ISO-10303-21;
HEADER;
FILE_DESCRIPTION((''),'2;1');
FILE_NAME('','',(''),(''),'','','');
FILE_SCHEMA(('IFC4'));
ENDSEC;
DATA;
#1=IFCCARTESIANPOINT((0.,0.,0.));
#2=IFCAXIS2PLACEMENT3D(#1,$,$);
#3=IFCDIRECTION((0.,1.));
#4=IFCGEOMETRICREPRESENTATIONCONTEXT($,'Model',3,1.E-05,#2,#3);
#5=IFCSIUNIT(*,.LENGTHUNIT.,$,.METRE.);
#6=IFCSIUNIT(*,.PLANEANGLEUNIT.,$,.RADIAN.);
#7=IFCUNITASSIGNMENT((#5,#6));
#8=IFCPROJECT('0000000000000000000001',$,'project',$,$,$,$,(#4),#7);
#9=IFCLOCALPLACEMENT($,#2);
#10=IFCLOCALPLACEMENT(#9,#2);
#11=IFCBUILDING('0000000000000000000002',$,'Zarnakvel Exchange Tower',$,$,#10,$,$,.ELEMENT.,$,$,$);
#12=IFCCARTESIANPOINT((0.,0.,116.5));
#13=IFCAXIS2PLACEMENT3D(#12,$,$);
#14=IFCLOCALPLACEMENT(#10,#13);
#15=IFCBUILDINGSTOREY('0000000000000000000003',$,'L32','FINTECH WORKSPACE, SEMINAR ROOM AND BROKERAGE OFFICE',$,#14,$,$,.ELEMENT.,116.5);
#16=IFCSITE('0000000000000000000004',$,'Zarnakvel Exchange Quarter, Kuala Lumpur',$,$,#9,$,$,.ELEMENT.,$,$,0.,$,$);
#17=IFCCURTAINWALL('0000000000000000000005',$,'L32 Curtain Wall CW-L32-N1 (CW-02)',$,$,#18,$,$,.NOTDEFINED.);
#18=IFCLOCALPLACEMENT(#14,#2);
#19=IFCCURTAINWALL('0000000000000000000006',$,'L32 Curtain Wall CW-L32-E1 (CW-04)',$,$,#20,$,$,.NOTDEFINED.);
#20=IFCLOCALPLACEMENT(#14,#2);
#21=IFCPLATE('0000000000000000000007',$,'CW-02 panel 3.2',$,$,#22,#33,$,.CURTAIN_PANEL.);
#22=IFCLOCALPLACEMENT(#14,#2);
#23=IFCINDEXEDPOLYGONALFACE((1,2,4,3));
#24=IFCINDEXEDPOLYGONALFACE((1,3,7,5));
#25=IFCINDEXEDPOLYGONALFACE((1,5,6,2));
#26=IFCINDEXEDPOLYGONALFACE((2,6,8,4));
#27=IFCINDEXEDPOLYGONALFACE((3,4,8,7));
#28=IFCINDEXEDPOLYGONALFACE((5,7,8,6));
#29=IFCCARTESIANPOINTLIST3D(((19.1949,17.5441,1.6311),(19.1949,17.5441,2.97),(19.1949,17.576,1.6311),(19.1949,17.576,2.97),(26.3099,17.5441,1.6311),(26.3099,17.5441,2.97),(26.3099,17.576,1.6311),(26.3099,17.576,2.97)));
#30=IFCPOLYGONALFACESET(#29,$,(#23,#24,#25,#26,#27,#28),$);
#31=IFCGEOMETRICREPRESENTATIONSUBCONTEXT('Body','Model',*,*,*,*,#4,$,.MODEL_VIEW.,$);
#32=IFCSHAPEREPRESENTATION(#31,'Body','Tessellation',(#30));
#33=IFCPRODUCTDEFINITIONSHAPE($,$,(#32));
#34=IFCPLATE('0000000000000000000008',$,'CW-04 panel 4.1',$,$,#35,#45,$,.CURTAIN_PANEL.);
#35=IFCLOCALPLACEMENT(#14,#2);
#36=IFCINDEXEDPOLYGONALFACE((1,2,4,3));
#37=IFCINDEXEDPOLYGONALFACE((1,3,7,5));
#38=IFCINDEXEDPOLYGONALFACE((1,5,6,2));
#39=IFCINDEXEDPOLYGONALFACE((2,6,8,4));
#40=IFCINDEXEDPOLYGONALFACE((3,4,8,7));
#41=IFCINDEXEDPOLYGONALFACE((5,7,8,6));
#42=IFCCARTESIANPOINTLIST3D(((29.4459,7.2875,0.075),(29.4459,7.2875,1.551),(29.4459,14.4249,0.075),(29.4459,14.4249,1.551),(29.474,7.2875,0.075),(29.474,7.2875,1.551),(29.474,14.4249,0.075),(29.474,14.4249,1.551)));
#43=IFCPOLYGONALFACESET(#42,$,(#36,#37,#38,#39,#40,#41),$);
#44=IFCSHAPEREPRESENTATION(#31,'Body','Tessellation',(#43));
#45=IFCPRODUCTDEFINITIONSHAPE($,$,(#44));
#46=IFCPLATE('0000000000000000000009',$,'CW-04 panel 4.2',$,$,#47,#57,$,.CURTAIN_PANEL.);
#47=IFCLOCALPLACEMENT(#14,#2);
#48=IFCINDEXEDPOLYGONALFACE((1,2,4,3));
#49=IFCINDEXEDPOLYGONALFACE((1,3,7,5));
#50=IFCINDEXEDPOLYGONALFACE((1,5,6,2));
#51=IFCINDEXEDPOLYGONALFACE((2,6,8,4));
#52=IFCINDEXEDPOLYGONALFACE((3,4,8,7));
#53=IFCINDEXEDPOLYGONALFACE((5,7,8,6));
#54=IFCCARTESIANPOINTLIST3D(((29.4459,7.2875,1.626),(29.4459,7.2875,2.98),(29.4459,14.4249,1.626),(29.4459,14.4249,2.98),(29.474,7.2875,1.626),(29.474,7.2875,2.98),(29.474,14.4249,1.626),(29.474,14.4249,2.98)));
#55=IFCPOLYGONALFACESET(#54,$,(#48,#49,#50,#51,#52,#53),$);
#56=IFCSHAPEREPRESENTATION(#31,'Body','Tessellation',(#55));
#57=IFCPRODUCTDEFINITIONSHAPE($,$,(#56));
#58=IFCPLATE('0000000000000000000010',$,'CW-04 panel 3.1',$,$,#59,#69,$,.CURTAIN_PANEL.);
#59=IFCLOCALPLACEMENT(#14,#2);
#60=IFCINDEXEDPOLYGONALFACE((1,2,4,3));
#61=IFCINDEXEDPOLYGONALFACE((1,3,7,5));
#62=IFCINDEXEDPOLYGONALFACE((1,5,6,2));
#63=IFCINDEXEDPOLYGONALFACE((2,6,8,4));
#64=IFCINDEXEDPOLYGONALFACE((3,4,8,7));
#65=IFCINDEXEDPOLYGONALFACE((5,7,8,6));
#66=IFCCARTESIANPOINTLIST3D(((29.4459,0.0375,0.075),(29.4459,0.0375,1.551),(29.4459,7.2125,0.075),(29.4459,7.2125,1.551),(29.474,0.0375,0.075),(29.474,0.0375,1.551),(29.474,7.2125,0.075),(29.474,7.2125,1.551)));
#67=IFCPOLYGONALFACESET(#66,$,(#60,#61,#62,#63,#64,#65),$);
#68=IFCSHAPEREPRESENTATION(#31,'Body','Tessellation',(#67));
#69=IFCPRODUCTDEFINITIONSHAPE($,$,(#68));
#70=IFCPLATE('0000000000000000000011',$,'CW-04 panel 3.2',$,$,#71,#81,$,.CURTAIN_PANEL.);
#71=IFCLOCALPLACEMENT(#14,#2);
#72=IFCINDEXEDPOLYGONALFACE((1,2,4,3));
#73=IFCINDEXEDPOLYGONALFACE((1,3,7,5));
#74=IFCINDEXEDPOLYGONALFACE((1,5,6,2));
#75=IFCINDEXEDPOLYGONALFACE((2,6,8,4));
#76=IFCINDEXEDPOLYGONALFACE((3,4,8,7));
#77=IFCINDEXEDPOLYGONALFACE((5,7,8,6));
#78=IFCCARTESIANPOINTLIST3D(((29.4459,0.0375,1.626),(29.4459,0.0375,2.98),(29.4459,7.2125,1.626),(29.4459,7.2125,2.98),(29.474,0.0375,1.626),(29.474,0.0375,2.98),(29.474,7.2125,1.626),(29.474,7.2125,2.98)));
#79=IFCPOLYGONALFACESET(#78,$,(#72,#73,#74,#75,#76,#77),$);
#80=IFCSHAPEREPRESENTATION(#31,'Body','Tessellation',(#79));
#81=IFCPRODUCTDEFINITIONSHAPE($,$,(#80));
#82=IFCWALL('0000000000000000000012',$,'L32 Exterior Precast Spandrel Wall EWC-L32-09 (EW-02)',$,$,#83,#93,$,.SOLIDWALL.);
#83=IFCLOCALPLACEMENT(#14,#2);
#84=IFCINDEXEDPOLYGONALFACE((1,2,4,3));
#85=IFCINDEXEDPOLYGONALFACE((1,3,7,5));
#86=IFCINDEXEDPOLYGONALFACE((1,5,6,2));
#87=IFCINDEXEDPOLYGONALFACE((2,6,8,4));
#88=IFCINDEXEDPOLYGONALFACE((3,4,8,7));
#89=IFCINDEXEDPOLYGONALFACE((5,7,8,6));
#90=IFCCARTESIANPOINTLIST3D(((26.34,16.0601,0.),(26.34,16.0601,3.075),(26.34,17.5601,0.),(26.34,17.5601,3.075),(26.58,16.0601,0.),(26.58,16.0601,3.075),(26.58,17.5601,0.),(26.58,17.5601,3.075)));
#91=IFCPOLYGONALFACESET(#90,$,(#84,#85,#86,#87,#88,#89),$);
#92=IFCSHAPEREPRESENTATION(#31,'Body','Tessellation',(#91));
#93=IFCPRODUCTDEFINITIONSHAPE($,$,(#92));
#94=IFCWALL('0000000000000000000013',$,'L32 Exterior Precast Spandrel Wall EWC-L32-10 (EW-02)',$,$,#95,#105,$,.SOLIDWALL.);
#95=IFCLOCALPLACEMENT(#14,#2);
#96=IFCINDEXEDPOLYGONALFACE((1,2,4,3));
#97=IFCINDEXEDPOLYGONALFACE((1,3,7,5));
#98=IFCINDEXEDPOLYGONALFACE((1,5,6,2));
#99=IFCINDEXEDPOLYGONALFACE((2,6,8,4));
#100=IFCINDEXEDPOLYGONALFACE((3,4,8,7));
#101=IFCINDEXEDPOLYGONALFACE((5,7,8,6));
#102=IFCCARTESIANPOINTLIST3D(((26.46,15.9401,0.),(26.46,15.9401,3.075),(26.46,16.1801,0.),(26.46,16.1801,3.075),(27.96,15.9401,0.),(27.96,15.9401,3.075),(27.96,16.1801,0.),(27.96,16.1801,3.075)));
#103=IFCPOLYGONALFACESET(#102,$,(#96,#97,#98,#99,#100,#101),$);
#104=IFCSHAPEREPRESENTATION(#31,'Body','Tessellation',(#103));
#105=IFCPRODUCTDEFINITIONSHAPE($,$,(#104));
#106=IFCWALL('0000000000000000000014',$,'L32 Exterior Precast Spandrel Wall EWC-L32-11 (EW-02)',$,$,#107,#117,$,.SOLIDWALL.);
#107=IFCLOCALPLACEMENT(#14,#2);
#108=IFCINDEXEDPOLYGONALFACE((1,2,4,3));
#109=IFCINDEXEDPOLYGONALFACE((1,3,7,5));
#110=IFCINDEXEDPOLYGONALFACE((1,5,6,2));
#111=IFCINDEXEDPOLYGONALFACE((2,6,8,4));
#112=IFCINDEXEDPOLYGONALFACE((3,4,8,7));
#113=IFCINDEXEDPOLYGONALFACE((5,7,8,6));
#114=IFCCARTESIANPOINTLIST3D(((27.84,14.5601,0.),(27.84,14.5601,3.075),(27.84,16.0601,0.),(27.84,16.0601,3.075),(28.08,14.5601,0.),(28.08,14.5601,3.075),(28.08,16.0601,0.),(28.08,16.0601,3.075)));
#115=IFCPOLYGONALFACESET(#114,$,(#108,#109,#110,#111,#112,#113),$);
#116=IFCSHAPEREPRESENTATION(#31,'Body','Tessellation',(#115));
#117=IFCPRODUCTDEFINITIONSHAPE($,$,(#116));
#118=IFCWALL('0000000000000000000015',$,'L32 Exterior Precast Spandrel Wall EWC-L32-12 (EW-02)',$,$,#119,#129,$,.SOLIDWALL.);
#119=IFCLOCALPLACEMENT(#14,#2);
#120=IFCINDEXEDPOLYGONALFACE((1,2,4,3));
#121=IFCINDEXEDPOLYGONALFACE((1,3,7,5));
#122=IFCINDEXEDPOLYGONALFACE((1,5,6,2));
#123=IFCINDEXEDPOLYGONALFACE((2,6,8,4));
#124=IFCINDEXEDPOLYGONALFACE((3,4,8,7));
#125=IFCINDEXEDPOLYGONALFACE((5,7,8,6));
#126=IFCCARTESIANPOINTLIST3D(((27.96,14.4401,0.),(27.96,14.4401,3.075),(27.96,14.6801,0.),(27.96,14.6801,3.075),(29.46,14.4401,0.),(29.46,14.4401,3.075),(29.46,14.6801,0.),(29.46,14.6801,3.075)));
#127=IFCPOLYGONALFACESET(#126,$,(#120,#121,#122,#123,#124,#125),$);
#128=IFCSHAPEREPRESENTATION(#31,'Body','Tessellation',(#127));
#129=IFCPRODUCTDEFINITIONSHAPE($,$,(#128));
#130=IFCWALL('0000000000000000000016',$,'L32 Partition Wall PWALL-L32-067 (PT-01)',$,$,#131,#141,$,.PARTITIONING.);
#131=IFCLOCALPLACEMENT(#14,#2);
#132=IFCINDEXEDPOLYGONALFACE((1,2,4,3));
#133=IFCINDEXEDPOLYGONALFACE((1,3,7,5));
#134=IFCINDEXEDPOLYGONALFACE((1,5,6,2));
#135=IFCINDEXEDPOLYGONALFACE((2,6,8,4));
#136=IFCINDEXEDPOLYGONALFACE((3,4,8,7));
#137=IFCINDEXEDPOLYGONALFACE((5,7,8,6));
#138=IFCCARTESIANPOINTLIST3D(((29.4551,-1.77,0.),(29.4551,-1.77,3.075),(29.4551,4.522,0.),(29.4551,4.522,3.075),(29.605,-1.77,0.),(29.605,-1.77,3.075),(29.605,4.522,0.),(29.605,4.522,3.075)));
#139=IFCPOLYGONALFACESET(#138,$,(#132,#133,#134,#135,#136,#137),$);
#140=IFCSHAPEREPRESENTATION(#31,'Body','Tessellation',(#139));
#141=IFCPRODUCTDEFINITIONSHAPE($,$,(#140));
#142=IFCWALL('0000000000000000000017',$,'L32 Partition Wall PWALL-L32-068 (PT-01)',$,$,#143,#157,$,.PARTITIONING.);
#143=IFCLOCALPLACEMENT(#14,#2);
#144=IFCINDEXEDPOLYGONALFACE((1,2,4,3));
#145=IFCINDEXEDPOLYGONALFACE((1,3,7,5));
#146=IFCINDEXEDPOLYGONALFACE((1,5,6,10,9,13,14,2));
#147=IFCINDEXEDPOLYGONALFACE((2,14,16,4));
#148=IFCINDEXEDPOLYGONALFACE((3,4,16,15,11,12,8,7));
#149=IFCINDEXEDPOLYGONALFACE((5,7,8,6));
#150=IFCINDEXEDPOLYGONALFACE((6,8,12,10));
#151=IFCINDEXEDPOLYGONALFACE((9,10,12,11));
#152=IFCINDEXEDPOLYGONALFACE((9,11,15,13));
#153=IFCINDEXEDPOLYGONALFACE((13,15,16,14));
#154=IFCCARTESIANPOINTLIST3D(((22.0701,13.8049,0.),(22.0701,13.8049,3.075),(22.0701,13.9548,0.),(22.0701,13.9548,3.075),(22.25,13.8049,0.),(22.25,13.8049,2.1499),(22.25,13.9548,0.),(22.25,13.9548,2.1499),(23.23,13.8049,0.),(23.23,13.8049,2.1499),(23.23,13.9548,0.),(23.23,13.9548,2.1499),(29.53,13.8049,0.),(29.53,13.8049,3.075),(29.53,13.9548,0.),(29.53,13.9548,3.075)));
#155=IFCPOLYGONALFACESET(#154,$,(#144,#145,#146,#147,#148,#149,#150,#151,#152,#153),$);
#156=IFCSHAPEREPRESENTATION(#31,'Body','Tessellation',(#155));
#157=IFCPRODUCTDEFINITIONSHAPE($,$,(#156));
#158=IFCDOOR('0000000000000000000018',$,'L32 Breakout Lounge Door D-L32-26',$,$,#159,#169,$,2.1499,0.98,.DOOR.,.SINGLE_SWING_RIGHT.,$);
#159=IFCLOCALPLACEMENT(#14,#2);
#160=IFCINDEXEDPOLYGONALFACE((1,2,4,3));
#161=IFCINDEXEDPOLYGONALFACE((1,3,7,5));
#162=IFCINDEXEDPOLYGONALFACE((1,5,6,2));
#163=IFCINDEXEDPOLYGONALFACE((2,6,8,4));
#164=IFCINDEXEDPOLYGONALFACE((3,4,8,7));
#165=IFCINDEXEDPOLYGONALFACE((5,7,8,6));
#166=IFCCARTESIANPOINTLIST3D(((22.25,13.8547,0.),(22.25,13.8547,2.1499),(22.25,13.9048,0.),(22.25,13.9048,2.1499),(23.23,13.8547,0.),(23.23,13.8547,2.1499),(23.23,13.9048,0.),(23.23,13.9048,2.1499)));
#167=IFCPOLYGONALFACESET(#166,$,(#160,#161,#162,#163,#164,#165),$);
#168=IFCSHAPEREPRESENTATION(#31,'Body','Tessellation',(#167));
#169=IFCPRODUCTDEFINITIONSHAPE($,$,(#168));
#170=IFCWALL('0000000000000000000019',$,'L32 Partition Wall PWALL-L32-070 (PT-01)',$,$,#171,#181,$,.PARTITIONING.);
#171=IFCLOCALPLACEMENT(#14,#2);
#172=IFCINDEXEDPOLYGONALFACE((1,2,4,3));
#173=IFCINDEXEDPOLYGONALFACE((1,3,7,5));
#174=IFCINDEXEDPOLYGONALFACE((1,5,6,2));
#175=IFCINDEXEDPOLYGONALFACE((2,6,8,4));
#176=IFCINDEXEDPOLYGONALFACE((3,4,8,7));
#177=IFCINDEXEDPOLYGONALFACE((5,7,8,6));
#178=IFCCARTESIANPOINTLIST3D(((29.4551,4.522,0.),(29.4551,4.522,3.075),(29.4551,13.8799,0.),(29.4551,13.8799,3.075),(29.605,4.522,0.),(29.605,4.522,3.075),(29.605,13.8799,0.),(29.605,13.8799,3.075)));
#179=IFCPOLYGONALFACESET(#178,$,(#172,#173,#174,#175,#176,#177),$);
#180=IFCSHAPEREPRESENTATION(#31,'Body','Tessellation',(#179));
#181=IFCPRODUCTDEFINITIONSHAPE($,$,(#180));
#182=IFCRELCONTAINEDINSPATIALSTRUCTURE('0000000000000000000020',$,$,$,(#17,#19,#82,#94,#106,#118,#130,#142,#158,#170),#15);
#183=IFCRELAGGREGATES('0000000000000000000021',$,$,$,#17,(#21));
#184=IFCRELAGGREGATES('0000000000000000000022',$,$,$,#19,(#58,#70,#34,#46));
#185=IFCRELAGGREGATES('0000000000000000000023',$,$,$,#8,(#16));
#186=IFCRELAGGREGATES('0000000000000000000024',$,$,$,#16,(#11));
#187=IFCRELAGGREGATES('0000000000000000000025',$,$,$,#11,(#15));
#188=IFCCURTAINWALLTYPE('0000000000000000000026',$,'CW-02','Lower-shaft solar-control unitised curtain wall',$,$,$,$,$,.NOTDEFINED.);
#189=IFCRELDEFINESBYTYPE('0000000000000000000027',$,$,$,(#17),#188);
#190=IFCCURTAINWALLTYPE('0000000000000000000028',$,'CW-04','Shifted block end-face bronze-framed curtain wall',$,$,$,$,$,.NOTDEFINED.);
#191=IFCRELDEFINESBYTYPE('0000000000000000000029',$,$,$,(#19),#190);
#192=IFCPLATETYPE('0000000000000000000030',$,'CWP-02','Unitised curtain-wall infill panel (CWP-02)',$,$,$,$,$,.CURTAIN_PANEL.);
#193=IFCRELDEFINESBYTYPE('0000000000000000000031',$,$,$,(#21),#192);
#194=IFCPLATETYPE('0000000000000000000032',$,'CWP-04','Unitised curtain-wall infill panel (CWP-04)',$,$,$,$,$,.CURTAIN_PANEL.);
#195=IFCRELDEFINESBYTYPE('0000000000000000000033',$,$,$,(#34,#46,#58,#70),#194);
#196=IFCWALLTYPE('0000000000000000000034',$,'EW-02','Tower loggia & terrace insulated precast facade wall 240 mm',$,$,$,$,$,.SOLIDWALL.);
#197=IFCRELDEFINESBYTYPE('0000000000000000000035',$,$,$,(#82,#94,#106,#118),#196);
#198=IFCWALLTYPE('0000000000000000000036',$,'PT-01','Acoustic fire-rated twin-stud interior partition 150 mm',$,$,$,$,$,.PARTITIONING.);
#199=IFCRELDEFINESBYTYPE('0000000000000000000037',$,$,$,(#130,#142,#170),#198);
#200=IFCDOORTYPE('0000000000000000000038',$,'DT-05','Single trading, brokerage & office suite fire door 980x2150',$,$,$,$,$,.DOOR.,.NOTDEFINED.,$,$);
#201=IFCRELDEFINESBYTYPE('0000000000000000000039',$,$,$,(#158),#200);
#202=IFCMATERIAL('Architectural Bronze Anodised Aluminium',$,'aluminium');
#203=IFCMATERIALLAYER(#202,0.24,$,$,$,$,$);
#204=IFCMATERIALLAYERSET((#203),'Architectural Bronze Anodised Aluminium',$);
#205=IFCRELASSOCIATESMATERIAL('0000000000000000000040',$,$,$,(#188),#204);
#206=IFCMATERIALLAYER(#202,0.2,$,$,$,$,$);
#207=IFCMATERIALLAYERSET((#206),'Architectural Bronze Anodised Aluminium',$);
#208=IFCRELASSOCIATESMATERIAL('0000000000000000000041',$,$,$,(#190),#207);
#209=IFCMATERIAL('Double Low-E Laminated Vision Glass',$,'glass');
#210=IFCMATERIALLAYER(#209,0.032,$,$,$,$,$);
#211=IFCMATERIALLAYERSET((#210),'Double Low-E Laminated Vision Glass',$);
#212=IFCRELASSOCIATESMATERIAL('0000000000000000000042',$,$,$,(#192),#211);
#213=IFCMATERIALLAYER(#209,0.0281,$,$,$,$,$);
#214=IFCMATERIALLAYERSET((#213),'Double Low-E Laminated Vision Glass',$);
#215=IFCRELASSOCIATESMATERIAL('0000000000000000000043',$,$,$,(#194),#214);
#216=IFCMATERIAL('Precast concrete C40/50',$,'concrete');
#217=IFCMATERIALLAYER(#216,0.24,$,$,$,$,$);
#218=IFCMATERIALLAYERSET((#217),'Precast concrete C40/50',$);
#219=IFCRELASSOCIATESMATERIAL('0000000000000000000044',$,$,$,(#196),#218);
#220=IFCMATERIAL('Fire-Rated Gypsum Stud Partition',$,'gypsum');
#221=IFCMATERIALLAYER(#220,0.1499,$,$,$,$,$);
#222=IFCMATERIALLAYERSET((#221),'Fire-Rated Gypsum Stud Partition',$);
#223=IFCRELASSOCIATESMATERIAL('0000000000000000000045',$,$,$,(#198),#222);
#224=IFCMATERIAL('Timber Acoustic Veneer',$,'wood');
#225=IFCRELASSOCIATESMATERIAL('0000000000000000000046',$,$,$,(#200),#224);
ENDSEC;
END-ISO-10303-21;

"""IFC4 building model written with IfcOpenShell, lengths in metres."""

from ifc_helpers import new_model, si_unit, direction, frame, frame_2d, origin, origin_2d, place, context, subcontext, project, spatial, rectangle, extrude, source, transform, mapped, material, layer, layer_set, type_object, element, fill, aggregate, save


model = new_model("IFC4")

# Units and contexts
model_context = context("Model", 3, precision=1e-05, world=origin(), true_north=direction((0.0, 1.0)))
body_context = subcontext(model_context, "Body", "Model", "MODEL_VIEW")
ifc_project = project(units=[si_unit("LENGTHUNIT", "METRE"), si_unit("PLANEANGLEUNIT", "RADIAN")], contexts=[model_context])

# Site, building, storey
site_placement = place(None, origin())
site = spatial("IfcSite", under=ifc_project, at=site_placement, Name="Zarnakvel Exchange Quarter, Kuala Lumpur", CompositionType="ELEMENT", RefElevation=0.0)
building_placement = place(site_placement, origin())
building = spatial("IfcBuilding", under=site, at=building_placement, Name="Zarnakvel Exchange Tower", CompositionType="ELEMENT")
storey_placement = place(building_placement, frame((0.0, 0.0, 116.5)))
storey = spatial("IfcBuildingStorey", under=building, at=storey_placement, Name="L32", Description="FINTECH WORKSPACE, SEMINAR ROOM AND BROKERAGE OFFICE", CompositionType="ELEMENT", Elevation=116.5)

# Curtain wall
ifc_material_1 = material(Name="Architectural Bronze Anodised Aluminium", Category="aluminium")
ifc_layer_1 = layer(ifc_material_1, 0.24)
ifc_layer_set_1 = layer_set([ifc_layer_1], Name="Architectural Bronze Anodised Aluminium")
curtain_wall_type_1 = type_object("IfcCurtainWallType", Name="CW-02", Description="Lower-shaft solar-control unitised curtain wall", PredefinedType="NOTDEFINED", material=ifc_layer_set_1)
curtain_wall_1_placement = place(storey_placement, origin())
curtain_wall_1 = element("IfcCurtainWall", 1, at=curtain_wall_1_placement, inside=storey, type_object=curtain_wall_type_1, Name="L32 Curtain Wall CW-L32-N1 (CW-02)", PredefinedType="NOTDEFINED")

# Curtain wall
ifc_layer_2 = layer(ifc_material_1, 0.2)
ifc_layer_set_2 = layer_set([ifc_layer_2], Name="Architectural Bronze Anodised Aluminium")
curtain_wall_type_2 = type_object("IfcCurtainWallType", Name="CW-04", Description="Shifted block end-face bronze-framed curtain wall", PredefinedType="NOTDEFINED", material=ifc_layer_set_2)
curtain_wall_2_placement = place(storey_placement, origin())
curtain_wall_2 = element("IfcCurtainWall", 2, at=curtain_wall_2_placement, inside=storey, type_object=curtain_wall_type_2, Name="L32 Curtain Wall CW-L32-E1 (CW-04)", PredefinedType="NOTDEFINED")

# Plates
ifc_material_2 = material(Name="Double Low-E Laminated Vision Glass", Category="glass")
ifc_layer_3 = layer(ifc_material_2, 0.032)
ifc_layer_set_3 = layer_set([ifc_layer_3], Name="Double Low-E Laminated Vision Glass")
plate_type_1 = type_object("IfcPlateType", Name="CWP-02", Description="Unitised curtain-wall infill panel (CWP-02)", PredefinedType="CURTAIN_PANEL", material=ifc_layer_set_3)
shared_shape_1 = source(origin(), body_context, "Body", "SweptSolid", [
    extrude(rectangle(XDim=7.115, YDim=0.032, at=origin_2d()), origin(), (0.0, 0.0, 1.0), 1.3389),
])
plate_1_placement = place(storey_placement, frame((22.7524, 17.5601, 1.6311), z_axis=(0.0, 0.0, 1.0), x_axis=(1.0, 0.0, 0.0)))
plate_1 = element("IfcPlate", 3, at=plate_1_placement, type_object=plate_type_1, Name="CW-02 panel 3.2", PredefinedType="CURTAIN_PANEL", context=body_context, shape_type="MappedRepresentation", body=[
    mapped(shared_shape_1, transform((0.0, 0.0, 0.0), x_axis=(1.0, 0.0, 0.0), y_axis=(0.0, 1.0, 0.0), z_axis=(0.0, 0.0, 1.0), scale=1.0)),
])
aggregate(curtain_wall_1, [plate_1])
ifc_layer_4 = layer(ifc_material_2, 0.0281)
ifc_layer_set_4 = layer_set([ifc_layer_4], Name="Double Low-E Laminated Vision Glass")
plate_type_2 = type_object("IfcPlateType", Name="CWP-04", Description="Unitised curtain-wall infill panel (CWP-04)", PredefinedType="CURTAIN_PANEL", material=ifc_layer_set_4)
shared_shape_2 = source(origin(), body_context, "Body", "SweptSolid", [
    extrude(rectangle(XDim=7.1375, YDim=0.0281, at=origin_2d()), origin(), (0.0, 0.0, 1.0), 1.4761),
])
plate_2_placement = place(storey_placement, frame((29.46, 10.8562, 0.075), z_axis=(0.0, 0.0, 1.0), x_axis=(0.0, 1.0, 0.0)))
plate_2 = element("IfcPlate", 4, at=plate_2_placement, type_object=plate_type_2, Name="CW-04 panel 4.1", PredefinedType="CURTAIN_PANEL", context=body_context, shape_type="MappedRepresentation", body=[
    mapped(shared_shape_2, transform((0.0, 0.0, 0.0), x_axis=(1.0, 0.0, 0.0), y_axis=(0.0, 1.0, 0.0), z_axis=(0.0, 0.0, 1.0), scale=1.0)),
])
shared_shape_3 = source(origin(), body_context, "Body", "SweptSolid", [
    extrude(rectangle(XDim=7.1375, YDim=0.0281, at=origin_2d()), origin(), (0.0, 0.0, 1.0), 1.354),
])
plate_3_placement = place(storey_placement, frame((29.46, 10.8562, 1.626), z_axis=(0.0, 0.0, 1.0), x_axis=(0.0, 1.0, 0.0)))
plate_3 = element("IfcPlate", 5, at=plate_3_placement, type_object=plate_type_2, Name="CW-04 panel 4.2", PredefinedType="CURTAIN_PANEL", context=body_context, shape_type="MappedRepresentation", body=[
    mapped(shared_shape_3, transform((0.0, 0.0, 0.0), x_axis=(1.0, 0.0, 0.0), y_axis=(0.0, 1.0, 0.0), z_axis=(0.0, 0.0, 1.0), scale=1.0)),
])
shared_shape_4 = source(origin(), body_context, "Body", "SweptSolid", [
    extrude(rectangle(XDim=7.175, YDim=0.0281, at=origin_2d()), origin(), (0.0, 0.0, 1.0), 1.4761),
])
plate_4_placement = place(storey_placement, frame((29.46, 3.625, 0.075), z_axis=(0.0, 0.0, 1.0), x_axis=(0.0, 1.0, 0.0)))
plate_4 = element("IfcPlate", 6, at=plate_4_placement, type_object=plate_type_2, Name="CW-04 panel 3.1", PredefinedType="CURTAIN_PANEL", context=body_context, shape_type="MappedRepresentation", body=[
    mapped(shared_shape_4, transform((0.0, 0.0, 0.0), x_axis=(1.0, 0.0, 0.0), y_axis=(0.0, 1.0, 0.0), z_axis=(0.0, 0.0, 1.0), scale=1.0)),
])
shared_shape_5 = source(origin(), body_context, "Body", "SweptSolid", [
    extrude(rectangle(XDim=7.175, YDim=0.0281, at=origin_2d()), origin(), (0.0, 0.0, 1.0), 1.354),
])
plate_5_placement = place(storey_placement, frame((29.46, 3.625, 1.626), z_axis=(0.0, 0.0, 1.0), x_axis=(0.0, 1.0, 0.0)))
plate_5 = element("IfcPlate", 7, at=plate_5_placement, type_object=plate_type_2, Name="CW-04 panel 3.2", PredefinedType="CURTAIN_PANEL", context=body_context, shape_type="MappedRepresentation", body=[
    mapped(shared_shape_5, transform((0.0, 0.0, 0.0), x_axis=(1.0, 0.0, 0.0), y_axis=(0.0, 1.0, 0.0), z_axis=(0.0, 0.0, 1.0), scale=1.0)),
])
aggregate(curtain_wall_2, [plate_4, plate_5, plate_2, plate_3])

# Walls
ifc_material_3 = material(Name="Precast concrete C40/50", Category="concrete")
ifc_layer_5 = layer(ifc_material_3, 0.24)
ifc_layer_set_5 = layer_set([ifc_layer_5], Name="Precast concrete C40/50")
wall_type_1 = type_object("IfcWallType", Name="EW-02", Description="Tower loggia & terrace insulated precast facade wall 240 mm", PredefinedType="SOLIDWALL", material=ifc_layer_set_5)
for number, where, z_axis, x_axis, name in (
    (8, (26.46, 16.0601, 0.0), (0.0, 0.0, 1.0), (0.0, 1.0, 0.0), "L32 Exterior Precast Spandrel Wall EWC-L32-09 (EW-02)"),
    (9, (27.96, 16.0601, 0.0), (0.0, 0.0, 1.0), (-1.0, 0.0, 0.0), "L32 Exterior Precast Spandrel Wall EWC-L32-10 (EW-02)"),
    (10, (27.96, 14.5601, 0.0), (0.0, 0.0, 1.0), (0.0, 1.0, 0.0), "L32 Exterior Precast Spandrel Wall EWC-L32-11 (EW-02)"),
    (11, (29.46, 14.5601, 0.0), (0.0, 0.0, 1.0), (-1.0, 0.0, 0.0), "L32 Exterior Precast Spandrel Wall EWC-L32-12 (EW-02)"),
):
    element("IfcWall", number, at=place(storey_placement, frame(where, z_axis=z_axis, x_axis=x_axis)), inside=storey, type_object=wall_type_1, Name=name, PredefinedType="SOLIDWALL", context=body_context, shape_type="SweptSolid", body=[
        extrude(rectangle(XDim=1.5, YDim=0.24, at=frame_2d((0.75, 0.0))), origin(), (0.0, 0.0, 1.0), 3.075),
    ])
ifc_material_4 = material(Name="Fire-Rated Gypsum Stud Partition", Category="gypsum")
ifc_layer_6 = layer(ifc_material_4, 0.1499)
ifc_layer_set_6 = layer_set([ifc_layer_6], Name="Fire-Rated Gypsum Stud Partition")
wall_type_2 = type_object("IfcWallType", Name="PT-01", Description="Acoustic fire-rated twin-stud interior partition 150 mm", PredefinedType="PARTITIONING", material=ifc_layer_set_6)
wall_1_placement = place(storey_placement, frame((29.53, 4.522, 0.0), z_axis=(0.0, 0.0, 1.0), x_axis=(0.0, -1.0, 0.0)))
element("IfcWall", 12, at=wall_1_placement, inside=storey, type_object=wall_type_2, Name="L32 Partition Wall PWALL-L32-067 (PT-01)", PredefinedType="PARTITIONING", context=body_context, shape_type="SweptSolid", body=[
    extrude(rectangle(XDim=6.292, YDim=0.1499, at=frame_2d((3.146, 0.0))), origin(), (0.0, 0.0, 1.0), 3.075),
])

# Wall, opening, door
wall_2_placement = place(storey_placement, frame((22.0701, 13.8799, 0.0), z_axis=(0.0, 0.0, 1.0), x_axis=(1.0, 0.0, 0.0)))
wall_2 = element("IfcWall", 13, at=wall_2_placement, inside=storey, type_object=wall_type_2, Name="L32 Partition Wall PWALL-L32-068 (PT-01)", PredefinedType="PARTITIONING", context=body_context, shape_type="SweptSolid", body=[
    extrude(rectangle(XDim=7.46, YDim=0.1499, at=frame_2d((3.73, 0.0))), origin(), (0.0, 0.0, 1.0), 3.075),
])
opening_placement = place(wall_2_placement, frame((0.1799, 0.0, 0.0)))
opening = element("IfcOpeningElement", 14, at=opening_placement, cuts=wall_2, PredefinedType="OPENING", context=body_context, shape_type="SweptSolid", body=[
    extrude(rectangle(XDim=0.98, YDim=2.1499, at=frame_2d((0.49, 1.075))), frame((0.0, 0.085, 0.0), z_axis=(0.0, -1.0, 0.0), x_axis=(1.0, 0.0, 0.0)), (0.0, 0.0, 1.0), 0.1699),
])
ifc_material_5 = material(Name="Timber Acoustic Veneer", Category="wood")
door_type = type_object("IfcDoorType", Name="DT-05", Description="Single trading, brokerage & office suite fire door 980x2150", OperationType="NOTDEFINED", PredefinedType="DOOR", material=ifc_material_5)
shared_shape_6 = source(origin(), body_context, "Body", "SweptSolid", [
    extrude(rectangle(XDim=0.98, YDim=2.1499, at=frame_2d((0.49, 1.075))), frame((0.0, 0.0249, 0.0), z_axis=(0.0, -1.0, 0.0), x_axis=(1.0, 0.0, 0.0)), (0.0, 0.0, 1.0), 0.05),
])
door_placement = place(opening_placement, origin())
door = element("IfcDoor", 15, at=door_placement, inside=storey, type_object=door_type, Name="L32 Breakout Lounge Door D-L32-26", OperationType="SINGLE_SWING_RIGHT", OverallHeight=2.1499, OverallWidth=0.98, PredefinedType="DOOR", context=body_context, shape_type="MappedRepresentation", body=[
    mapped(shared_shape_6, transform((0.0, 0.0, 0.0), x_axis=(1.0, 0.0, 0.0), y_axis=(0.0, 1.0, 0.0), z_axis=(0.0, 0.0, 1.0), scale=1.0)),
])
fill(opening, door)

# Wall
wall_3_placement = place(storey_placement, frame((29.53, 13.8799, 0.0), z_axis=(0.0, 0.0, 1.0), x_axis=(0.0, -1.0, 0.0)))
element("IfcWall", 16, at=wall_3_placement, inside=storey, type_object=wall_type_2, Name="L32 Partition Wall PWALL-L32-070 (PT-01)", PredefinedType="PARTITIONING", context=body_context, shape_type="SweptSolid", body=[
    extrude(rectangle(XDim=9.3579, YDim=0.1499, at=frame_2d((4.679, 0.0))), origin(), (0.0, 0.0, 1.0), 3.075),
])

save(model, "model.ifc")
